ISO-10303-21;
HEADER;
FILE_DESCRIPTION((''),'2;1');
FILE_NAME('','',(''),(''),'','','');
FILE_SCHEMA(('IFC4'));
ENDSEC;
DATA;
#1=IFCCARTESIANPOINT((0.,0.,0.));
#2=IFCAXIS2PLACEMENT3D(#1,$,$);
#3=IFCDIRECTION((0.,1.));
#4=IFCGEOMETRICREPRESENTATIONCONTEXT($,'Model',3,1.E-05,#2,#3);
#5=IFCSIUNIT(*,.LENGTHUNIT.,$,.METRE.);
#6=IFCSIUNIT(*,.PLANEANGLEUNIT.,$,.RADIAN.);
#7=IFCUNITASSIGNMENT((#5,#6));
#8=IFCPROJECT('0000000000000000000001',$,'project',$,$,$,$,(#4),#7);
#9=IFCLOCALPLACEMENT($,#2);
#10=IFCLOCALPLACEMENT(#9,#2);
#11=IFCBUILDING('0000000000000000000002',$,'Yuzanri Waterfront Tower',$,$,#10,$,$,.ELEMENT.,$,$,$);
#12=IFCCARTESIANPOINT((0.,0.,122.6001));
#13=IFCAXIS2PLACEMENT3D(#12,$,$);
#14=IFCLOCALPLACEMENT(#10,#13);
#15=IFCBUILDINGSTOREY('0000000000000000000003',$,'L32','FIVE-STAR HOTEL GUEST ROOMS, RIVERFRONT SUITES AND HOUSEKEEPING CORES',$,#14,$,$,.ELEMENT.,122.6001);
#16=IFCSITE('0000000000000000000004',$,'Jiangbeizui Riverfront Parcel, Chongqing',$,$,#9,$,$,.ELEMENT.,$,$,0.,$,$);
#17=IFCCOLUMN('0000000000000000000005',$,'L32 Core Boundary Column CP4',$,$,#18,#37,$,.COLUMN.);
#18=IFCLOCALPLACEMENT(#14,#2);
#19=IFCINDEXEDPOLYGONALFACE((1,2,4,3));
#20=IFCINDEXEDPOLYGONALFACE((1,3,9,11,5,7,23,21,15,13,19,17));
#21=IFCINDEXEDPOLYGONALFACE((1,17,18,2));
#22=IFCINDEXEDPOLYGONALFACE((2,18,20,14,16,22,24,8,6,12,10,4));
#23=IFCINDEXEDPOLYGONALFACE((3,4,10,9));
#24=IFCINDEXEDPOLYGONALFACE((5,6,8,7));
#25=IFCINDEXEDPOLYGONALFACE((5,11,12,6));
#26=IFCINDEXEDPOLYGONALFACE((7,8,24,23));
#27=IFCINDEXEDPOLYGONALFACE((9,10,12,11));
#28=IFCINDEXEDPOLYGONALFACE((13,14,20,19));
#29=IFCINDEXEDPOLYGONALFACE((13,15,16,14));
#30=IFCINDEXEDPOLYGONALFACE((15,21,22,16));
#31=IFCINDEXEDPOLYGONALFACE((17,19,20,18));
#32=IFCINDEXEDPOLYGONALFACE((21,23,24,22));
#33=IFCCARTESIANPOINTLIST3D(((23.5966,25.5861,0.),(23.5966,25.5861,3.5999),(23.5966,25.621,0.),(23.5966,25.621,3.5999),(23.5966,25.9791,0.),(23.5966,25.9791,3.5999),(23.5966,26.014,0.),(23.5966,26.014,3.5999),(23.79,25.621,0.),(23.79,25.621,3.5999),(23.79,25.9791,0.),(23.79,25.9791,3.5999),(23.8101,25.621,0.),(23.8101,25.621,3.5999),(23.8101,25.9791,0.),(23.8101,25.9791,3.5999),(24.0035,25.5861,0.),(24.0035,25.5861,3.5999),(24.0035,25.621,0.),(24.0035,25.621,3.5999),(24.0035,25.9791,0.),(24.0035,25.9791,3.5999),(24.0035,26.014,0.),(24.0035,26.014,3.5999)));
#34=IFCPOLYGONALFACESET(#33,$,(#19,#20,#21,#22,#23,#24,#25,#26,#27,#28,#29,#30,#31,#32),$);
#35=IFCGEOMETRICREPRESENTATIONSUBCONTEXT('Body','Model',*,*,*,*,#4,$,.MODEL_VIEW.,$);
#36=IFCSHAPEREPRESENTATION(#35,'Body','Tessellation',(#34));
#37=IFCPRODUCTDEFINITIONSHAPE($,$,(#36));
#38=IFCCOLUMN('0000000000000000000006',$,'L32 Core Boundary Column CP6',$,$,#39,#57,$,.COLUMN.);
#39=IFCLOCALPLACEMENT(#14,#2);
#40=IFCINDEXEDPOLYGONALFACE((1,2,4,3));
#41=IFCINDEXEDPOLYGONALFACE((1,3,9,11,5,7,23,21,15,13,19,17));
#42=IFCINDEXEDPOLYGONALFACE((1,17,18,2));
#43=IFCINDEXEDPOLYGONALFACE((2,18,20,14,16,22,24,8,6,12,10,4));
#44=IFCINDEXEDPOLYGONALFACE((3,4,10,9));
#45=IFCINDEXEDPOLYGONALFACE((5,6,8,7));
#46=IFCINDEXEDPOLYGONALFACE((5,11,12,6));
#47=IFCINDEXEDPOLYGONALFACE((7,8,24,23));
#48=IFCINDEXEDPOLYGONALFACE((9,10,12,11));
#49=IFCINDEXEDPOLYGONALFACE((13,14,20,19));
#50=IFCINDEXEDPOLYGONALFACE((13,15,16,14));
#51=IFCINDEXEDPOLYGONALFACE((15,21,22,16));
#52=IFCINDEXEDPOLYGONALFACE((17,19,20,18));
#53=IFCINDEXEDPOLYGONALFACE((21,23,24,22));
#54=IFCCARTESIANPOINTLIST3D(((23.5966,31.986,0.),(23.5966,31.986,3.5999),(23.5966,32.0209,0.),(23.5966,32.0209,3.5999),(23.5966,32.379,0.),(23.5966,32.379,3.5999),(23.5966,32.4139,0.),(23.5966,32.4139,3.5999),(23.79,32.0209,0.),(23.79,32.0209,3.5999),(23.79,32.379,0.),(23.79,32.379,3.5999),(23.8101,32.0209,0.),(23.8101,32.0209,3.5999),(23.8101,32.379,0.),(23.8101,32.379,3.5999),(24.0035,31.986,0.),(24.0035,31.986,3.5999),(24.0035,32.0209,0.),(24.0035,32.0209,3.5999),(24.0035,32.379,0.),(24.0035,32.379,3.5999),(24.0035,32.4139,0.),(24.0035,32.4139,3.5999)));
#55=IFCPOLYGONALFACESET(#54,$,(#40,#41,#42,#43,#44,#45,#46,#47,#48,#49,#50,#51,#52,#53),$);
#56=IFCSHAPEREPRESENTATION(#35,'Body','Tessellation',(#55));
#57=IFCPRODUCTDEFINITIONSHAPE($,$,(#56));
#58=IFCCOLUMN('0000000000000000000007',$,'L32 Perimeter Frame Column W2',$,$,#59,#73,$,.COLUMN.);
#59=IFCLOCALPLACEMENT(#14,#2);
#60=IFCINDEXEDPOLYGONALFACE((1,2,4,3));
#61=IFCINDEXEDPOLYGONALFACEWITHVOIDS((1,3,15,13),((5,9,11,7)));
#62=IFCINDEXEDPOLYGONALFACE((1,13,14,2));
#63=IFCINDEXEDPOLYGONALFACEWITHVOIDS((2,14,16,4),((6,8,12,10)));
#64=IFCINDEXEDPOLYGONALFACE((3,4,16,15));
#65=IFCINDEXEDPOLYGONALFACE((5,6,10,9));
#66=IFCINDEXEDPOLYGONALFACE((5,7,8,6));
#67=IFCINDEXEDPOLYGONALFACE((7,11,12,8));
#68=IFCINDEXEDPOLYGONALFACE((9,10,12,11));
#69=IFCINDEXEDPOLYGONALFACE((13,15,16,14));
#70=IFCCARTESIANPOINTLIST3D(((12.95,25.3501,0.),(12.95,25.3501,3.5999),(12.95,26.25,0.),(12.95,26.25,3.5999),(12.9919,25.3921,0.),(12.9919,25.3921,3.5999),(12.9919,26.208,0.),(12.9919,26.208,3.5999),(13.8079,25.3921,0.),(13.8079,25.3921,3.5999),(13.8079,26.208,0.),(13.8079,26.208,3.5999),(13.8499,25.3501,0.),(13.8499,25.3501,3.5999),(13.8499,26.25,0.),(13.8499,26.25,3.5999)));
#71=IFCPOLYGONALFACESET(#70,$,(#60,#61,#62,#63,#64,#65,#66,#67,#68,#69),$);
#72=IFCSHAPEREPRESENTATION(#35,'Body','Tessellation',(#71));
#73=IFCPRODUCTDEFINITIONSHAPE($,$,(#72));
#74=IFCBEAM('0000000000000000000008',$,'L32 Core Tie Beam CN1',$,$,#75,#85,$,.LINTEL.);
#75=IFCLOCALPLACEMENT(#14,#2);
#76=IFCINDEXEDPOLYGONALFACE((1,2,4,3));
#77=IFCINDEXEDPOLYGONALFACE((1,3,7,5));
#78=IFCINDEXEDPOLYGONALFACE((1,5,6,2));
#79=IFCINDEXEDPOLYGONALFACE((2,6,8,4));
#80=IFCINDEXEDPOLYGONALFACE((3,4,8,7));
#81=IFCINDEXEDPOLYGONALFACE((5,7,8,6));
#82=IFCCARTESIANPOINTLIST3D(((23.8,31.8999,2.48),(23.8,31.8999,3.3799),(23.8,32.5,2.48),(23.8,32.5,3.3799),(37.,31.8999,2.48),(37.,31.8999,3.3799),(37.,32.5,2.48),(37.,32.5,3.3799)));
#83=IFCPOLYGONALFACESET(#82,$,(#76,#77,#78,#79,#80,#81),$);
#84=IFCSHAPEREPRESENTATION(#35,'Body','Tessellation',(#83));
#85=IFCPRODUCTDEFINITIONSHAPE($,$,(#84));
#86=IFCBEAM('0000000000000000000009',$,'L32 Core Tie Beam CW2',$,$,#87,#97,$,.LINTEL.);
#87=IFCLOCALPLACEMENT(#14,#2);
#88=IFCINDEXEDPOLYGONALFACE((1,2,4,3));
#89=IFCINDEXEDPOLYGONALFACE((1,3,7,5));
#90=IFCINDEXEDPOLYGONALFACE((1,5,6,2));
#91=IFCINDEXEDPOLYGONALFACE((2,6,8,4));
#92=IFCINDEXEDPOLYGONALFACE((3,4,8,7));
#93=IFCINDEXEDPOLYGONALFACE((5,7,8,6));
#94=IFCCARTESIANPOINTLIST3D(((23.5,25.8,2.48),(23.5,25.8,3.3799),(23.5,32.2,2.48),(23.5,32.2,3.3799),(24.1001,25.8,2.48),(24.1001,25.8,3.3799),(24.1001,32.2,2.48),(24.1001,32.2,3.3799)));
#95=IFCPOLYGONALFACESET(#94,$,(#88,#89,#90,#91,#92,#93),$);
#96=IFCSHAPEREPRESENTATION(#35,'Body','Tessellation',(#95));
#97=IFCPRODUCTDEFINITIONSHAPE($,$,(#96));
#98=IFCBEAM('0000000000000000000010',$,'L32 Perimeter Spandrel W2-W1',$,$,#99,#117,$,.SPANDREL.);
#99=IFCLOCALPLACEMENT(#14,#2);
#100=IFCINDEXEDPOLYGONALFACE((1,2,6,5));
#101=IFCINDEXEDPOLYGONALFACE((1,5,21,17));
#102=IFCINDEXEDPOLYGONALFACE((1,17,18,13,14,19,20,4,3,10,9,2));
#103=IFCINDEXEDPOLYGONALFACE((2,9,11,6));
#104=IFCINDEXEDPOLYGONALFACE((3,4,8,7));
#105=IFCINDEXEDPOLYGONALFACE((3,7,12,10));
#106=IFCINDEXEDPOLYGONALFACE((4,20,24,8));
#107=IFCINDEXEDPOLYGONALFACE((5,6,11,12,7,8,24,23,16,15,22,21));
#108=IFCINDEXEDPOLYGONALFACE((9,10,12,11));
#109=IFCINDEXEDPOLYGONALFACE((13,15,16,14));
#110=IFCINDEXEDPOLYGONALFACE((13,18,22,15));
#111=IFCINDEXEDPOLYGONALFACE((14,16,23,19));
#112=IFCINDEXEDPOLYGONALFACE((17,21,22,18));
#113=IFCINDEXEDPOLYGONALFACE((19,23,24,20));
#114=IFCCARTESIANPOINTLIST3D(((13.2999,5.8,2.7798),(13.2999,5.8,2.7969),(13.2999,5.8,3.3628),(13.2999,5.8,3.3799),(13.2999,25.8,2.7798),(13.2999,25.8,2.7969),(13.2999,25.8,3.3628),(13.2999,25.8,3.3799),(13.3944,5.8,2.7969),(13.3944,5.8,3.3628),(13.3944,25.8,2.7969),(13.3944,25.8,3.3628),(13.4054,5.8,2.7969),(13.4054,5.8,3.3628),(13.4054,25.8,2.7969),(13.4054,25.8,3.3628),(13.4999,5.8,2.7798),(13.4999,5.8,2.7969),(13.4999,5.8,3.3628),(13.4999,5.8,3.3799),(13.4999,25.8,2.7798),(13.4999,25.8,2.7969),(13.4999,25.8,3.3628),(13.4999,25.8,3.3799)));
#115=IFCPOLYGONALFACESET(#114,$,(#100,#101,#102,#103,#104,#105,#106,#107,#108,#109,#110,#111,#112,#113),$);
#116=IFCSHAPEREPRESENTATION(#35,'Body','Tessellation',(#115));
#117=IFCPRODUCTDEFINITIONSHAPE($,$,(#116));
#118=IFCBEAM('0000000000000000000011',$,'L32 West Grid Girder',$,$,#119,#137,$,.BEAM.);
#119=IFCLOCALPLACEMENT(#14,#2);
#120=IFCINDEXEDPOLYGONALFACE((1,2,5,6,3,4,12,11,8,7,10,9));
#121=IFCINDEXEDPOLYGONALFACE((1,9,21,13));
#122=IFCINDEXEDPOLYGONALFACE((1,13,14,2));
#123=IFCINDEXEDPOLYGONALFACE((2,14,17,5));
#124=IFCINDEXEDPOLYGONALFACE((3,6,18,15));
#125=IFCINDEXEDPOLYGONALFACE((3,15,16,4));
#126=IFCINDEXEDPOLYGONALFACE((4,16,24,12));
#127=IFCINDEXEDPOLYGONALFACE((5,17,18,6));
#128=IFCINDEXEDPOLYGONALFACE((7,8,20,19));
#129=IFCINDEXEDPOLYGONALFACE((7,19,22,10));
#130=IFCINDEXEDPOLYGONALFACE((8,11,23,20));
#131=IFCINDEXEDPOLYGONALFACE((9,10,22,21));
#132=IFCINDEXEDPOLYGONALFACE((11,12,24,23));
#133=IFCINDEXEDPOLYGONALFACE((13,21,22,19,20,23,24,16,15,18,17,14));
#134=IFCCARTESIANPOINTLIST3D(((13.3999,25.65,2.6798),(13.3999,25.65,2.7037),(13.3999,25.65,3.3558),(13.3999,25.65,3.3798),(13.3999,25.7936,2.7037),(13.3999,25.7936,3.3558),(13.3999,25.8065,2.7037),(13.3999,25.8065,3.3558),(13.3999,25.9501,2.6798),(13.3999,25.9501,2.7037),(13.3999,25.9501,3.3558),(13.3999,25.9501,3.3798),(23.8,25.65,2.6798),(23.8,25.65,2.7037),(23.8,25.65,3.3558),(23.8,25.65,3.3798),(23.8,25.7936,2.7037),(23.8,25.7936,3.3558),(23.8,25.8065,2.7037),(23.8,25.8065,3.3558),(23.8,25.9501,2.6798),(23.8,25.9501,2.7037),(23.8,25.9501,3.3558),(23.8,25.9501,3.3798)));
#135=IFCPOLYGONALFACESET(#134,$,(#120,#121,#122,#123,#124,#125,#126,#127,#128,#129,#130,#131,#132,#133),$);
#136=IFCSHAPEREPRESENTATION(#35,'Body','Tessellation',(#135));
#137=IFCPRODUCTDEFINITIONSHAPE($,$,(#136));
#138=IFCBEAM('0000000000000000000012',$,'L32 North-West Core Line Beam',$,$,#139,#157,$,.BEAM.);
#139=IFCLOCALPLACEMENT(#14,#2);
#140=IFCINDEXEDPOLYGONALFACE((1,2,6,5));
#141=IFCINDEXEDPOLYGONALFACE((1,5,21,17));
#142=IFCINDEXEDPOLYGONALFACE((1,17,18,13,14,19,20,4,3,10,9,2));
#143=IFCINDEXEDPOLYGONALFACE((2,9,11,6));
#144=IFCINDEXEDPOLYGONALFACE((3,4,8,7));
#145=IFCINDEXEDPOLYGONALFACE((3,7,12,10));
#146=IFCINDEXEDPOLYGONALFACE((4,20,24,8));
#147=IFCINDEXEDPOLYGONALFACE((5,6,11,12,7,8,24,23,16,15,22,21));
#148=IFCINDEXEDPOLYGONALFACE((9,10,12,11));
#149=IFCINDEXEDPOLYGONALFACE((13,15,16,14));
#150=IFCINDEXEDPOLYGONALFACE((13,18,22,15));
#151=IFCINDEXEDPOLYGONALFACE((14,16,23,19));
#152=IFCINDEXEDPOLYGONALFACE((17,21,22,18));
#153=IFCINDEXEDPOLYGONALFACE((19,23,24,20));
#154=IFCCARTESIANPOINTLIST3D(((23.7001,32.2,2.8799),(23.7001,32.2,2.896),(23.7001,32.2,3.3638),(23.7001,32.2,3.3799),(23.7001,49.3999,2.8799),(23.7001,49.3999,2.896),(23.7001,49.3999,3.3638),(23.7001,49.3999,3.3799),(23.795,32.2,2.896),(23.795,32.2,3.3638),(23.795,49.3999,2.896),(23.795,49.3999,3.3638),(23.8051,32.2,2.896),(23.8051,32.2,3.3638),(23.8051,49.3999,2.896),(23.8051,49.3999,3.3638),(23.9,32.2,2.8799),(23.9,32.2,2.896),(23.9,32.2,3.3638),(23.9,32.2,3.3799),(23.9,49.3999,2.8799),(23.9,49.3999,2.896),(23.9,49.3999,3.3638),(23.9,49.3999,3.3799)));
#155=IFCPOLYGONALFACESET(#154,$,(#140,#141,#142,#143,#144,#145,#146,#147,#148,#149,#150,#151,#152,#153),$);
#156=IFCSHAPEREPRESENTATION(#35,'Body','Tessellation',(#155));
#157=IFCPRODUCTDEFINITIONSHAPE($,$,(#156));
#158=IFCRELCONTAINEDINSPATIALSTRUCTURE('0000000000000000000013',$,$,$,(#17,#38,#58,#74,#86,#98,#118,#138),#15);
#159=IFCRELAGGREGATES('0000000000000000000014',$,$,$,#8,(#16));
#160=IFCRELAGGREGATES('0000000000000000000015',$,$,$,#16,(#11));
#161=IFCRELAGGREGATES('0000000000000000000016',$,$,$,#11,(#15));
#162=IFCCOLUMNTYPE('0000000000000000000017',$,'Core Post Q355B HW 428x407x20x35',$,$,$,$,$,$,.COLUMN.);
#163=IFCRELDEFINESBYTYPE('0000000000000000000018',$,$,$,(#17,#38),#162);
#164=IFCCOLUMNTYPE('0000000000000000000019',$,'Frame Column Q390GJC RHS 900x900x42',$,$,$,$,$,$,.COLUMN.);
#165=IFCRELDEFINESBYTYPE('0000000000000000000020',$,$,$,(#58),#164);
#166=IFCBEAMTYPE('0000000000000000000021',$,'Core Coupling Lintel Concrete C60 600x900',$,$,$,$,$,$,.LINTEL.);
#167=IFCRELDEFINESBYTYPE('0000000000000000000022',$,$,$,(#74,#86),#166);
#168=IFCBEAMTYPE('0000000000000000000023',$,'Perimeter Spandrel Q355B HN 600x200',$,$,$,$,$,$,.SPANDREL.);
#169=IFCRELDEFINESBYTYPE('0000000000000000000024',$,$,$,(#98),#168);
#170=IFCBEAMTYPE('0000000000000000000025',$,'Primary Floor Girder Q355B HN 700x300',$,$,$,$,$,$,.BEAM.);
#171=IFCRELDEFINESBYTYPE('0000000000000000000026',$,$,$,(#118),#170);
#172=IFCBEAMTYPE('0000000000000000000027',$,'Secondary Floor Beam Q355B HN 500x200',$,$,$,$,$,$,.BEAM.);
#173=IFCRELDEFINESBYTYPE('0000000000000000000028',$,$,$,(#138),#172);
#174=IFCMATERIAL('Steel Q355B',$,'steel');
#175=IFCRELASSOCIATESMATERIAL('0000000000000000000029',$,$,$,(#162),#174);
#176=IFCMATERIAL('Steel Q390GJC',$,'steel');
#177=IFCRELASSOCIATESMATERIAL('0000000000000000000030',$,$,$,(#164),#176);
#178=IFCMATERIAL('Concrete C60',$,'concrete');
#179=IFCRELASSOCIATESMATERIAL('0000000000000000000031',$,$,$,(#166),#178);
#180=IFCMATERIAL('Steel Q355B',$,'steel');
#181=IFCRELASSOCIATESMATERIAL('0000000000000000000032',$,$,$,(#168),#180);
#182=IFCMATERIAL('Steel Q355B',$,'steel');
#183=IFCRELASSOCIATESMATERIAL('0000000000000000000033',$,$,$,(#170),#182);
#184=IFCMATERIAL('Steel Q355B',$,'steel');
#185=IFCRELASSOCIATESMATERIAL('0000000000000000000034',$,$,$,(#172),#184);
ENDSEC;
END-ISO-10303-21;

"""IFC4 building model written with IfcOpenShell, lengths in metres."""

from ifc_helpers import new_model, si_unit, direction, frame, origin, origin_2d, place, context, subcontext, project, spatial, rectangle, hollow_rectangle, i_section, extrude, source, transform, mapped, material, material_profile, profile_set, type_object, element, save


model = new_model("IFC4")

# Units and contexts
model_context = context("Model", 3, precision=1e-05, world=origin(), true_north=direction((0.0, 1.0)))
body_context = subcontext(model_context, "Body", "Model", "MODEL_VIEW")
ifc_project = project(units=[si_unit("LENGTHUNIT", "METRE"), si_unit("PLANEANGLEUNIT", "RADIAN")], contexts=[model_context])

# Site, building, storey
site_placement = place(None, origin())
site = spatial("IfcSite", under=ifc_project, at=site_placement, Name="Jiangbeizui Riverfront Parcel, Chongqing", CompositionType="ELEMENT", RefElevation=0.0)
building_placement = place(site_placement, origin())
building = spatial("IfcBuilding", under=site, at=building_placement, Name="Yuzanri Waterfront Tower", CompositionType="ELEMENT")
storey_placement = place(building_placement, frame((0.0, 0.0, 122.6001)))
storey = spatial("IfcBuildingStorey", under=building, at=storey_placement, Name="L32", Description="FIVE-STAR HOTEL GUEST ROOMS, RIVERFRONT SUITES AND HOUSEKEEPING CORES", CompositionType="ELEMENT", Elevation=122.6001)

# Columns
ifc_material_1 = material(Name="Steel Q355B", Category="steel")
ifc_material_profile_1 = material_profile(ifc_material_1, i_section(OverallWidth=0.407, OverallDepth=0.428, WebThickness=0.02, FlangeThickness=0.0349, at=origin_2d()), Name="HW 428x407x20x35")
ifc_profile_set_1 = profile_set([ifc_material_profile_1], Name="Steel Q355B")
column_type_1 = type_object("IfcColumnType", Name="Core Post Q355B HW 428x407x20x35", PredefinedType="COLUMN", material=ifc_profile_set_1)
shared_shape_1 = source(origin(), body_context, "Body", "SweptSolid", [
    extrude(i_section(OverallWidth=0.407, OverallDepth=0.428, WebThickness=0.02, FlangeThickness=0.0349, at=origin_2d()), origin(), (0.0, 0.0, 1.0), 3.5999),
])
for number, where, z_axis, x_axis, name in (
    (1, (23.8, 25.8, 0.0), (0.0, 0.0, 1.0), (1.0, 0.0, 0.0), "L32 Core Boundary Column CP4"),
    (2, (23.8, 32.2, 0.0), (0.0, 0.0, 1.0), (1.0, 0.0, 0.0), "L32 Core Boundary Column CP6"),
):
    element("IfcColumn", number, at=place(storey_placement, frame(where, z_axis=z_axis, x_axis=x_axis)), inside=storey, type_object=column_type_1, Name=name, PredefinedType="COLUMN", context=body_context, shape_type="MappedRepresentation", body=[
        mapped(shared_shape_1, transform((0.0, 0.0, 0.0), scale=1.0)),
    ])
ifc_material_2 = material(Name="Steel Q390GJC", Category="steel")
ifc_material_profile_2 = material_profile(ifc_material_2, hollow_rectangle(XDim=0.8999, YDim=0.8999, WallThickness=0.042, at=origin_2d()), Name="RHS 900x900x42")
ifc_profile_set_2 = profile_set([ifc_material_profile_2], Name="Steel Q390GJC")
column_type_2 = type_object("IfcColumnType", Name="Frame Column Q390GJC RHS 900x900x42", PredefinedType="COLUMN", material=ifc_profile_set_2)
shared_shape_2 = source(origin(), body_context, "Body", "SweptSolid", [
    extrude(hollow_rectangle(XDim=0.8999, YDim=0.8999, WallThickness=0.042, at=origin_2d()), origin(), (0.0, 0.0, 1.0), 3.5999),
])
column_placement = place(storey_placement, frame((13.3999, 25.8, 0.0), z_axis=(0.0, 0.0, 1.0), x_axis=(1.0, 0.0, 0.0)))
element("IfcColumn", 3, at=column_placement, inside=storey, type_object=column_type_2, Name="L32 Perimeter Frame Column W2", PredefinedType="COLUMN", context=body_context, shape_type="MappedRepresentation", body=[
    mapped(shared_shape_2, transform((0.0, 0.0, 0.0), scale=1.0)),
])

# Beams
ifc_material_3 = material(Name="Concrete C60", Category="concrete")
ifc_material_profile_3 = material_profile(ifc_material_3, rectangle(XDim=0.6001, YDim=0.8999, at=origin_2d()), Name="RC 600x900")
ifc_profile_set_3 = profile_set([ifc_material_profile_3], Name="Concrete C60")
beam_type_1 = type_object("IfcBeamType", Name="Core Coupling Lintel Concrete C60 600x900", PredefinedType="LINTEL", material=ifc_profile_set_3)
shared_shape_3 = source(origin(), body_context, "Body", "SweptSolid", [
    extrude(rectangle(XDim=0.6001, YDim=0.8999, at=origin_2d()), origin(), (0.0, 0.0, 1.0), 13.2),
])
beam_1_placement = place(storey_placement, frame((23.8, 32.2, 2.9299), z_axis=(1.0, 0.0, 0.0), x_axis=(0.0, 1.0, 0.0)))
element("IfcBeam", 4, at=beam_1_placement, inside=storey, type_object=beam_type_1, Name="L32 Core Tie Beam CN1", PredefinedType="LINTEL", context=body_context, shape_type="MappedRepresentation", body=[
    mapped(shared_shape_3, transform((0.0, 0.0, 0.0), scale=1.0)),
])
shared_shape_4 = source(origin(), body_context, "Body", "SweptSolid", [
    extrude(rectangle(XDim=0.6001, YDim=0.8999, at=origin_2d()), origin(), (0.0, 0.0, 1.0), 6.3999),
])
beam_2_placement = place(storey_placement, frame((23.8, 25.8, 2.9299), z_axis=(0.0, 1.0, 0.0), x_axis=(-1.0, 0.0, 0.0)))
element("IfcBeam", 5, at=beam_2_placement, inside=storey, type_object=beam_type_1, Name="L32 Core Tie Beam CW2", PredefinedType="LINTEL", context=body_context, shape_type="MappedRepresentation", body=[
    mapped(shared_shape_4, transform((0.0, 0.0, 0.0), scale=1.0)),
])
ifc_material_4 = material(Name="Steel Q355B", Category="steel")
ifc_material_profile_4 = material_profile(ifc_material_4, i_section(OverallWidth=0.2, OverallDepth=0.6001, WebThickness=0.011, FlangeThickness=0.0171, at=origin_2d()), Name="HN 600x200x11x17")
ifc_profile_set_4 = profile_set([ifc_material_profile_4], Name="Steel Q355B")
beam_type_2 = type_object("IfcBeamType", Name="Perimeter Spandrel Q355B HN 600x200", PredefinedType="SPANDREL", material=ifc_profile_set_4)
shared_shape_5 = source(origin(), body_context, "Body", "SweptSolid", [
    extrude(i_section(OverallWidth=0.2, OverallDepth=0.6001, WebThickness=0.011, FlangeThickness=0.0171, at=origin_2d()), origin(), (0.0, 0.0, 1.0), 20.0),
])
beam_3_placement = place(storey_placement, frame((13.3999, 25.8, 3.0798), z_axis=(0.0, -1.0, 0.0), x_axis=(1.0, 0.0, 0.0)))
element("IfcBeam", 6, at=beam_3_placement, inside=storey, type_object=beam_type_2, Name="L32 Perimeter Spandrel W2-W1", PredefinedType="SPANDREL", context=body_context, shape_type="MappedRepresentation", body=[
    mapped(shared_shape_5, transform((0.0, 0.0, 0.0), scale=1.0)),
])
ifc_material_5 = material(Name="Steel Q355B", Category="steel")
ifc_material_profile_5 = material_profile(ifc_material_5, i_section(OverallWidth=0.3, OverallDepth=0.7, WebThickness=0.0129, FlangeThickness=0.0239, at=origin_2d()), Name="HN 700x300x13x24")
ifc_profile_set_5 = profile_set([ifc_material_profile_5], Name="Steel Q355B")
beam_type_3 = type_object("IfcBeamType", Name="Primary Floor Girder Q355B HN 700x300", PredefinedType="BEAM", material=ifc_profile_set_5)
shared_shape_6 = source(origin(), body_context, "Body", "SweptSolid", [
    extrude(i_section(OverallWidth=0.3, OverallDepth=0.7, WebThickness=0.0129, FlangeThickness=0.0239, at=origin_2d()), origin(), (0.0, 0.0, 1.0), 10.4001),
])
beam_4_placement = place(storey_placement, frame((23.8, 25.8, 3.0298), z_axis=(-1.0, 0.0, 0.0), x_axis=(0.0, -1.0, 0.0)))
element("IfcBeam", 7, at=beam_4_placement, inside=storey, type_object=beam_type_3, Name="L32 West Grid Girder", PredefinedType="BEAM", context=body_context, shape_type="MappedRepresentation", body=[
    mapped(shared_shape_6, transform((0.0, 0.0, 0.0), scale=1.0)),
])
ifc_material_6 = material(Name="Steel Q355B", Category="steel")
ifc_material_profile_6 = material_profile(ifc_material_6, i_section(OverallWidth=0.2, OverallDepth=0.5, WebThickness=0.01, FlangeThickness=0.0161, at=origin_2d()), Name="HN 500x200x10x16")
ifc_profile_set_6 = profile_set([ifc_material_profile_6], Name="Steel Q355B")
beam_type_4 = type_object("IfcBeamType", Name="Secondary Floor Beam Q355B HN 500x200", PredefinedType="BEAM", material=ifc_profile_set_6)
shared_shape_7 = source(origin(), body_context, "Body", "SweptSolid", [
    extrude(i_section(OverallWidth=0.2, OverallDepth=0.5, WebThickness=0.01, FlangeThickness=0.0161, at=origin_2d()), origin(), (0.0, 0.0, 1.0), 17.2),
])
beam_5_placement = place(storey_placement, frame((23.8, 32.2, 3.1299), z_axis=(0.0, 1.0, 0.0), x_axis=(-1.0, 0.0, 0.0)))
element("IfcBeam", 8, at=beam_5_placement, inside=storey, type_object=beam_type_4, Name="L32 North-West Core Line Beam", PredefinedType="BEAM", context=body_context, shape_type="MappedRepresentation", body=[
    mapped(shared_shape_7, transform((0.0, 0.0, 0.0), scale=1.0)),
])

save(model, "model.ifc")
